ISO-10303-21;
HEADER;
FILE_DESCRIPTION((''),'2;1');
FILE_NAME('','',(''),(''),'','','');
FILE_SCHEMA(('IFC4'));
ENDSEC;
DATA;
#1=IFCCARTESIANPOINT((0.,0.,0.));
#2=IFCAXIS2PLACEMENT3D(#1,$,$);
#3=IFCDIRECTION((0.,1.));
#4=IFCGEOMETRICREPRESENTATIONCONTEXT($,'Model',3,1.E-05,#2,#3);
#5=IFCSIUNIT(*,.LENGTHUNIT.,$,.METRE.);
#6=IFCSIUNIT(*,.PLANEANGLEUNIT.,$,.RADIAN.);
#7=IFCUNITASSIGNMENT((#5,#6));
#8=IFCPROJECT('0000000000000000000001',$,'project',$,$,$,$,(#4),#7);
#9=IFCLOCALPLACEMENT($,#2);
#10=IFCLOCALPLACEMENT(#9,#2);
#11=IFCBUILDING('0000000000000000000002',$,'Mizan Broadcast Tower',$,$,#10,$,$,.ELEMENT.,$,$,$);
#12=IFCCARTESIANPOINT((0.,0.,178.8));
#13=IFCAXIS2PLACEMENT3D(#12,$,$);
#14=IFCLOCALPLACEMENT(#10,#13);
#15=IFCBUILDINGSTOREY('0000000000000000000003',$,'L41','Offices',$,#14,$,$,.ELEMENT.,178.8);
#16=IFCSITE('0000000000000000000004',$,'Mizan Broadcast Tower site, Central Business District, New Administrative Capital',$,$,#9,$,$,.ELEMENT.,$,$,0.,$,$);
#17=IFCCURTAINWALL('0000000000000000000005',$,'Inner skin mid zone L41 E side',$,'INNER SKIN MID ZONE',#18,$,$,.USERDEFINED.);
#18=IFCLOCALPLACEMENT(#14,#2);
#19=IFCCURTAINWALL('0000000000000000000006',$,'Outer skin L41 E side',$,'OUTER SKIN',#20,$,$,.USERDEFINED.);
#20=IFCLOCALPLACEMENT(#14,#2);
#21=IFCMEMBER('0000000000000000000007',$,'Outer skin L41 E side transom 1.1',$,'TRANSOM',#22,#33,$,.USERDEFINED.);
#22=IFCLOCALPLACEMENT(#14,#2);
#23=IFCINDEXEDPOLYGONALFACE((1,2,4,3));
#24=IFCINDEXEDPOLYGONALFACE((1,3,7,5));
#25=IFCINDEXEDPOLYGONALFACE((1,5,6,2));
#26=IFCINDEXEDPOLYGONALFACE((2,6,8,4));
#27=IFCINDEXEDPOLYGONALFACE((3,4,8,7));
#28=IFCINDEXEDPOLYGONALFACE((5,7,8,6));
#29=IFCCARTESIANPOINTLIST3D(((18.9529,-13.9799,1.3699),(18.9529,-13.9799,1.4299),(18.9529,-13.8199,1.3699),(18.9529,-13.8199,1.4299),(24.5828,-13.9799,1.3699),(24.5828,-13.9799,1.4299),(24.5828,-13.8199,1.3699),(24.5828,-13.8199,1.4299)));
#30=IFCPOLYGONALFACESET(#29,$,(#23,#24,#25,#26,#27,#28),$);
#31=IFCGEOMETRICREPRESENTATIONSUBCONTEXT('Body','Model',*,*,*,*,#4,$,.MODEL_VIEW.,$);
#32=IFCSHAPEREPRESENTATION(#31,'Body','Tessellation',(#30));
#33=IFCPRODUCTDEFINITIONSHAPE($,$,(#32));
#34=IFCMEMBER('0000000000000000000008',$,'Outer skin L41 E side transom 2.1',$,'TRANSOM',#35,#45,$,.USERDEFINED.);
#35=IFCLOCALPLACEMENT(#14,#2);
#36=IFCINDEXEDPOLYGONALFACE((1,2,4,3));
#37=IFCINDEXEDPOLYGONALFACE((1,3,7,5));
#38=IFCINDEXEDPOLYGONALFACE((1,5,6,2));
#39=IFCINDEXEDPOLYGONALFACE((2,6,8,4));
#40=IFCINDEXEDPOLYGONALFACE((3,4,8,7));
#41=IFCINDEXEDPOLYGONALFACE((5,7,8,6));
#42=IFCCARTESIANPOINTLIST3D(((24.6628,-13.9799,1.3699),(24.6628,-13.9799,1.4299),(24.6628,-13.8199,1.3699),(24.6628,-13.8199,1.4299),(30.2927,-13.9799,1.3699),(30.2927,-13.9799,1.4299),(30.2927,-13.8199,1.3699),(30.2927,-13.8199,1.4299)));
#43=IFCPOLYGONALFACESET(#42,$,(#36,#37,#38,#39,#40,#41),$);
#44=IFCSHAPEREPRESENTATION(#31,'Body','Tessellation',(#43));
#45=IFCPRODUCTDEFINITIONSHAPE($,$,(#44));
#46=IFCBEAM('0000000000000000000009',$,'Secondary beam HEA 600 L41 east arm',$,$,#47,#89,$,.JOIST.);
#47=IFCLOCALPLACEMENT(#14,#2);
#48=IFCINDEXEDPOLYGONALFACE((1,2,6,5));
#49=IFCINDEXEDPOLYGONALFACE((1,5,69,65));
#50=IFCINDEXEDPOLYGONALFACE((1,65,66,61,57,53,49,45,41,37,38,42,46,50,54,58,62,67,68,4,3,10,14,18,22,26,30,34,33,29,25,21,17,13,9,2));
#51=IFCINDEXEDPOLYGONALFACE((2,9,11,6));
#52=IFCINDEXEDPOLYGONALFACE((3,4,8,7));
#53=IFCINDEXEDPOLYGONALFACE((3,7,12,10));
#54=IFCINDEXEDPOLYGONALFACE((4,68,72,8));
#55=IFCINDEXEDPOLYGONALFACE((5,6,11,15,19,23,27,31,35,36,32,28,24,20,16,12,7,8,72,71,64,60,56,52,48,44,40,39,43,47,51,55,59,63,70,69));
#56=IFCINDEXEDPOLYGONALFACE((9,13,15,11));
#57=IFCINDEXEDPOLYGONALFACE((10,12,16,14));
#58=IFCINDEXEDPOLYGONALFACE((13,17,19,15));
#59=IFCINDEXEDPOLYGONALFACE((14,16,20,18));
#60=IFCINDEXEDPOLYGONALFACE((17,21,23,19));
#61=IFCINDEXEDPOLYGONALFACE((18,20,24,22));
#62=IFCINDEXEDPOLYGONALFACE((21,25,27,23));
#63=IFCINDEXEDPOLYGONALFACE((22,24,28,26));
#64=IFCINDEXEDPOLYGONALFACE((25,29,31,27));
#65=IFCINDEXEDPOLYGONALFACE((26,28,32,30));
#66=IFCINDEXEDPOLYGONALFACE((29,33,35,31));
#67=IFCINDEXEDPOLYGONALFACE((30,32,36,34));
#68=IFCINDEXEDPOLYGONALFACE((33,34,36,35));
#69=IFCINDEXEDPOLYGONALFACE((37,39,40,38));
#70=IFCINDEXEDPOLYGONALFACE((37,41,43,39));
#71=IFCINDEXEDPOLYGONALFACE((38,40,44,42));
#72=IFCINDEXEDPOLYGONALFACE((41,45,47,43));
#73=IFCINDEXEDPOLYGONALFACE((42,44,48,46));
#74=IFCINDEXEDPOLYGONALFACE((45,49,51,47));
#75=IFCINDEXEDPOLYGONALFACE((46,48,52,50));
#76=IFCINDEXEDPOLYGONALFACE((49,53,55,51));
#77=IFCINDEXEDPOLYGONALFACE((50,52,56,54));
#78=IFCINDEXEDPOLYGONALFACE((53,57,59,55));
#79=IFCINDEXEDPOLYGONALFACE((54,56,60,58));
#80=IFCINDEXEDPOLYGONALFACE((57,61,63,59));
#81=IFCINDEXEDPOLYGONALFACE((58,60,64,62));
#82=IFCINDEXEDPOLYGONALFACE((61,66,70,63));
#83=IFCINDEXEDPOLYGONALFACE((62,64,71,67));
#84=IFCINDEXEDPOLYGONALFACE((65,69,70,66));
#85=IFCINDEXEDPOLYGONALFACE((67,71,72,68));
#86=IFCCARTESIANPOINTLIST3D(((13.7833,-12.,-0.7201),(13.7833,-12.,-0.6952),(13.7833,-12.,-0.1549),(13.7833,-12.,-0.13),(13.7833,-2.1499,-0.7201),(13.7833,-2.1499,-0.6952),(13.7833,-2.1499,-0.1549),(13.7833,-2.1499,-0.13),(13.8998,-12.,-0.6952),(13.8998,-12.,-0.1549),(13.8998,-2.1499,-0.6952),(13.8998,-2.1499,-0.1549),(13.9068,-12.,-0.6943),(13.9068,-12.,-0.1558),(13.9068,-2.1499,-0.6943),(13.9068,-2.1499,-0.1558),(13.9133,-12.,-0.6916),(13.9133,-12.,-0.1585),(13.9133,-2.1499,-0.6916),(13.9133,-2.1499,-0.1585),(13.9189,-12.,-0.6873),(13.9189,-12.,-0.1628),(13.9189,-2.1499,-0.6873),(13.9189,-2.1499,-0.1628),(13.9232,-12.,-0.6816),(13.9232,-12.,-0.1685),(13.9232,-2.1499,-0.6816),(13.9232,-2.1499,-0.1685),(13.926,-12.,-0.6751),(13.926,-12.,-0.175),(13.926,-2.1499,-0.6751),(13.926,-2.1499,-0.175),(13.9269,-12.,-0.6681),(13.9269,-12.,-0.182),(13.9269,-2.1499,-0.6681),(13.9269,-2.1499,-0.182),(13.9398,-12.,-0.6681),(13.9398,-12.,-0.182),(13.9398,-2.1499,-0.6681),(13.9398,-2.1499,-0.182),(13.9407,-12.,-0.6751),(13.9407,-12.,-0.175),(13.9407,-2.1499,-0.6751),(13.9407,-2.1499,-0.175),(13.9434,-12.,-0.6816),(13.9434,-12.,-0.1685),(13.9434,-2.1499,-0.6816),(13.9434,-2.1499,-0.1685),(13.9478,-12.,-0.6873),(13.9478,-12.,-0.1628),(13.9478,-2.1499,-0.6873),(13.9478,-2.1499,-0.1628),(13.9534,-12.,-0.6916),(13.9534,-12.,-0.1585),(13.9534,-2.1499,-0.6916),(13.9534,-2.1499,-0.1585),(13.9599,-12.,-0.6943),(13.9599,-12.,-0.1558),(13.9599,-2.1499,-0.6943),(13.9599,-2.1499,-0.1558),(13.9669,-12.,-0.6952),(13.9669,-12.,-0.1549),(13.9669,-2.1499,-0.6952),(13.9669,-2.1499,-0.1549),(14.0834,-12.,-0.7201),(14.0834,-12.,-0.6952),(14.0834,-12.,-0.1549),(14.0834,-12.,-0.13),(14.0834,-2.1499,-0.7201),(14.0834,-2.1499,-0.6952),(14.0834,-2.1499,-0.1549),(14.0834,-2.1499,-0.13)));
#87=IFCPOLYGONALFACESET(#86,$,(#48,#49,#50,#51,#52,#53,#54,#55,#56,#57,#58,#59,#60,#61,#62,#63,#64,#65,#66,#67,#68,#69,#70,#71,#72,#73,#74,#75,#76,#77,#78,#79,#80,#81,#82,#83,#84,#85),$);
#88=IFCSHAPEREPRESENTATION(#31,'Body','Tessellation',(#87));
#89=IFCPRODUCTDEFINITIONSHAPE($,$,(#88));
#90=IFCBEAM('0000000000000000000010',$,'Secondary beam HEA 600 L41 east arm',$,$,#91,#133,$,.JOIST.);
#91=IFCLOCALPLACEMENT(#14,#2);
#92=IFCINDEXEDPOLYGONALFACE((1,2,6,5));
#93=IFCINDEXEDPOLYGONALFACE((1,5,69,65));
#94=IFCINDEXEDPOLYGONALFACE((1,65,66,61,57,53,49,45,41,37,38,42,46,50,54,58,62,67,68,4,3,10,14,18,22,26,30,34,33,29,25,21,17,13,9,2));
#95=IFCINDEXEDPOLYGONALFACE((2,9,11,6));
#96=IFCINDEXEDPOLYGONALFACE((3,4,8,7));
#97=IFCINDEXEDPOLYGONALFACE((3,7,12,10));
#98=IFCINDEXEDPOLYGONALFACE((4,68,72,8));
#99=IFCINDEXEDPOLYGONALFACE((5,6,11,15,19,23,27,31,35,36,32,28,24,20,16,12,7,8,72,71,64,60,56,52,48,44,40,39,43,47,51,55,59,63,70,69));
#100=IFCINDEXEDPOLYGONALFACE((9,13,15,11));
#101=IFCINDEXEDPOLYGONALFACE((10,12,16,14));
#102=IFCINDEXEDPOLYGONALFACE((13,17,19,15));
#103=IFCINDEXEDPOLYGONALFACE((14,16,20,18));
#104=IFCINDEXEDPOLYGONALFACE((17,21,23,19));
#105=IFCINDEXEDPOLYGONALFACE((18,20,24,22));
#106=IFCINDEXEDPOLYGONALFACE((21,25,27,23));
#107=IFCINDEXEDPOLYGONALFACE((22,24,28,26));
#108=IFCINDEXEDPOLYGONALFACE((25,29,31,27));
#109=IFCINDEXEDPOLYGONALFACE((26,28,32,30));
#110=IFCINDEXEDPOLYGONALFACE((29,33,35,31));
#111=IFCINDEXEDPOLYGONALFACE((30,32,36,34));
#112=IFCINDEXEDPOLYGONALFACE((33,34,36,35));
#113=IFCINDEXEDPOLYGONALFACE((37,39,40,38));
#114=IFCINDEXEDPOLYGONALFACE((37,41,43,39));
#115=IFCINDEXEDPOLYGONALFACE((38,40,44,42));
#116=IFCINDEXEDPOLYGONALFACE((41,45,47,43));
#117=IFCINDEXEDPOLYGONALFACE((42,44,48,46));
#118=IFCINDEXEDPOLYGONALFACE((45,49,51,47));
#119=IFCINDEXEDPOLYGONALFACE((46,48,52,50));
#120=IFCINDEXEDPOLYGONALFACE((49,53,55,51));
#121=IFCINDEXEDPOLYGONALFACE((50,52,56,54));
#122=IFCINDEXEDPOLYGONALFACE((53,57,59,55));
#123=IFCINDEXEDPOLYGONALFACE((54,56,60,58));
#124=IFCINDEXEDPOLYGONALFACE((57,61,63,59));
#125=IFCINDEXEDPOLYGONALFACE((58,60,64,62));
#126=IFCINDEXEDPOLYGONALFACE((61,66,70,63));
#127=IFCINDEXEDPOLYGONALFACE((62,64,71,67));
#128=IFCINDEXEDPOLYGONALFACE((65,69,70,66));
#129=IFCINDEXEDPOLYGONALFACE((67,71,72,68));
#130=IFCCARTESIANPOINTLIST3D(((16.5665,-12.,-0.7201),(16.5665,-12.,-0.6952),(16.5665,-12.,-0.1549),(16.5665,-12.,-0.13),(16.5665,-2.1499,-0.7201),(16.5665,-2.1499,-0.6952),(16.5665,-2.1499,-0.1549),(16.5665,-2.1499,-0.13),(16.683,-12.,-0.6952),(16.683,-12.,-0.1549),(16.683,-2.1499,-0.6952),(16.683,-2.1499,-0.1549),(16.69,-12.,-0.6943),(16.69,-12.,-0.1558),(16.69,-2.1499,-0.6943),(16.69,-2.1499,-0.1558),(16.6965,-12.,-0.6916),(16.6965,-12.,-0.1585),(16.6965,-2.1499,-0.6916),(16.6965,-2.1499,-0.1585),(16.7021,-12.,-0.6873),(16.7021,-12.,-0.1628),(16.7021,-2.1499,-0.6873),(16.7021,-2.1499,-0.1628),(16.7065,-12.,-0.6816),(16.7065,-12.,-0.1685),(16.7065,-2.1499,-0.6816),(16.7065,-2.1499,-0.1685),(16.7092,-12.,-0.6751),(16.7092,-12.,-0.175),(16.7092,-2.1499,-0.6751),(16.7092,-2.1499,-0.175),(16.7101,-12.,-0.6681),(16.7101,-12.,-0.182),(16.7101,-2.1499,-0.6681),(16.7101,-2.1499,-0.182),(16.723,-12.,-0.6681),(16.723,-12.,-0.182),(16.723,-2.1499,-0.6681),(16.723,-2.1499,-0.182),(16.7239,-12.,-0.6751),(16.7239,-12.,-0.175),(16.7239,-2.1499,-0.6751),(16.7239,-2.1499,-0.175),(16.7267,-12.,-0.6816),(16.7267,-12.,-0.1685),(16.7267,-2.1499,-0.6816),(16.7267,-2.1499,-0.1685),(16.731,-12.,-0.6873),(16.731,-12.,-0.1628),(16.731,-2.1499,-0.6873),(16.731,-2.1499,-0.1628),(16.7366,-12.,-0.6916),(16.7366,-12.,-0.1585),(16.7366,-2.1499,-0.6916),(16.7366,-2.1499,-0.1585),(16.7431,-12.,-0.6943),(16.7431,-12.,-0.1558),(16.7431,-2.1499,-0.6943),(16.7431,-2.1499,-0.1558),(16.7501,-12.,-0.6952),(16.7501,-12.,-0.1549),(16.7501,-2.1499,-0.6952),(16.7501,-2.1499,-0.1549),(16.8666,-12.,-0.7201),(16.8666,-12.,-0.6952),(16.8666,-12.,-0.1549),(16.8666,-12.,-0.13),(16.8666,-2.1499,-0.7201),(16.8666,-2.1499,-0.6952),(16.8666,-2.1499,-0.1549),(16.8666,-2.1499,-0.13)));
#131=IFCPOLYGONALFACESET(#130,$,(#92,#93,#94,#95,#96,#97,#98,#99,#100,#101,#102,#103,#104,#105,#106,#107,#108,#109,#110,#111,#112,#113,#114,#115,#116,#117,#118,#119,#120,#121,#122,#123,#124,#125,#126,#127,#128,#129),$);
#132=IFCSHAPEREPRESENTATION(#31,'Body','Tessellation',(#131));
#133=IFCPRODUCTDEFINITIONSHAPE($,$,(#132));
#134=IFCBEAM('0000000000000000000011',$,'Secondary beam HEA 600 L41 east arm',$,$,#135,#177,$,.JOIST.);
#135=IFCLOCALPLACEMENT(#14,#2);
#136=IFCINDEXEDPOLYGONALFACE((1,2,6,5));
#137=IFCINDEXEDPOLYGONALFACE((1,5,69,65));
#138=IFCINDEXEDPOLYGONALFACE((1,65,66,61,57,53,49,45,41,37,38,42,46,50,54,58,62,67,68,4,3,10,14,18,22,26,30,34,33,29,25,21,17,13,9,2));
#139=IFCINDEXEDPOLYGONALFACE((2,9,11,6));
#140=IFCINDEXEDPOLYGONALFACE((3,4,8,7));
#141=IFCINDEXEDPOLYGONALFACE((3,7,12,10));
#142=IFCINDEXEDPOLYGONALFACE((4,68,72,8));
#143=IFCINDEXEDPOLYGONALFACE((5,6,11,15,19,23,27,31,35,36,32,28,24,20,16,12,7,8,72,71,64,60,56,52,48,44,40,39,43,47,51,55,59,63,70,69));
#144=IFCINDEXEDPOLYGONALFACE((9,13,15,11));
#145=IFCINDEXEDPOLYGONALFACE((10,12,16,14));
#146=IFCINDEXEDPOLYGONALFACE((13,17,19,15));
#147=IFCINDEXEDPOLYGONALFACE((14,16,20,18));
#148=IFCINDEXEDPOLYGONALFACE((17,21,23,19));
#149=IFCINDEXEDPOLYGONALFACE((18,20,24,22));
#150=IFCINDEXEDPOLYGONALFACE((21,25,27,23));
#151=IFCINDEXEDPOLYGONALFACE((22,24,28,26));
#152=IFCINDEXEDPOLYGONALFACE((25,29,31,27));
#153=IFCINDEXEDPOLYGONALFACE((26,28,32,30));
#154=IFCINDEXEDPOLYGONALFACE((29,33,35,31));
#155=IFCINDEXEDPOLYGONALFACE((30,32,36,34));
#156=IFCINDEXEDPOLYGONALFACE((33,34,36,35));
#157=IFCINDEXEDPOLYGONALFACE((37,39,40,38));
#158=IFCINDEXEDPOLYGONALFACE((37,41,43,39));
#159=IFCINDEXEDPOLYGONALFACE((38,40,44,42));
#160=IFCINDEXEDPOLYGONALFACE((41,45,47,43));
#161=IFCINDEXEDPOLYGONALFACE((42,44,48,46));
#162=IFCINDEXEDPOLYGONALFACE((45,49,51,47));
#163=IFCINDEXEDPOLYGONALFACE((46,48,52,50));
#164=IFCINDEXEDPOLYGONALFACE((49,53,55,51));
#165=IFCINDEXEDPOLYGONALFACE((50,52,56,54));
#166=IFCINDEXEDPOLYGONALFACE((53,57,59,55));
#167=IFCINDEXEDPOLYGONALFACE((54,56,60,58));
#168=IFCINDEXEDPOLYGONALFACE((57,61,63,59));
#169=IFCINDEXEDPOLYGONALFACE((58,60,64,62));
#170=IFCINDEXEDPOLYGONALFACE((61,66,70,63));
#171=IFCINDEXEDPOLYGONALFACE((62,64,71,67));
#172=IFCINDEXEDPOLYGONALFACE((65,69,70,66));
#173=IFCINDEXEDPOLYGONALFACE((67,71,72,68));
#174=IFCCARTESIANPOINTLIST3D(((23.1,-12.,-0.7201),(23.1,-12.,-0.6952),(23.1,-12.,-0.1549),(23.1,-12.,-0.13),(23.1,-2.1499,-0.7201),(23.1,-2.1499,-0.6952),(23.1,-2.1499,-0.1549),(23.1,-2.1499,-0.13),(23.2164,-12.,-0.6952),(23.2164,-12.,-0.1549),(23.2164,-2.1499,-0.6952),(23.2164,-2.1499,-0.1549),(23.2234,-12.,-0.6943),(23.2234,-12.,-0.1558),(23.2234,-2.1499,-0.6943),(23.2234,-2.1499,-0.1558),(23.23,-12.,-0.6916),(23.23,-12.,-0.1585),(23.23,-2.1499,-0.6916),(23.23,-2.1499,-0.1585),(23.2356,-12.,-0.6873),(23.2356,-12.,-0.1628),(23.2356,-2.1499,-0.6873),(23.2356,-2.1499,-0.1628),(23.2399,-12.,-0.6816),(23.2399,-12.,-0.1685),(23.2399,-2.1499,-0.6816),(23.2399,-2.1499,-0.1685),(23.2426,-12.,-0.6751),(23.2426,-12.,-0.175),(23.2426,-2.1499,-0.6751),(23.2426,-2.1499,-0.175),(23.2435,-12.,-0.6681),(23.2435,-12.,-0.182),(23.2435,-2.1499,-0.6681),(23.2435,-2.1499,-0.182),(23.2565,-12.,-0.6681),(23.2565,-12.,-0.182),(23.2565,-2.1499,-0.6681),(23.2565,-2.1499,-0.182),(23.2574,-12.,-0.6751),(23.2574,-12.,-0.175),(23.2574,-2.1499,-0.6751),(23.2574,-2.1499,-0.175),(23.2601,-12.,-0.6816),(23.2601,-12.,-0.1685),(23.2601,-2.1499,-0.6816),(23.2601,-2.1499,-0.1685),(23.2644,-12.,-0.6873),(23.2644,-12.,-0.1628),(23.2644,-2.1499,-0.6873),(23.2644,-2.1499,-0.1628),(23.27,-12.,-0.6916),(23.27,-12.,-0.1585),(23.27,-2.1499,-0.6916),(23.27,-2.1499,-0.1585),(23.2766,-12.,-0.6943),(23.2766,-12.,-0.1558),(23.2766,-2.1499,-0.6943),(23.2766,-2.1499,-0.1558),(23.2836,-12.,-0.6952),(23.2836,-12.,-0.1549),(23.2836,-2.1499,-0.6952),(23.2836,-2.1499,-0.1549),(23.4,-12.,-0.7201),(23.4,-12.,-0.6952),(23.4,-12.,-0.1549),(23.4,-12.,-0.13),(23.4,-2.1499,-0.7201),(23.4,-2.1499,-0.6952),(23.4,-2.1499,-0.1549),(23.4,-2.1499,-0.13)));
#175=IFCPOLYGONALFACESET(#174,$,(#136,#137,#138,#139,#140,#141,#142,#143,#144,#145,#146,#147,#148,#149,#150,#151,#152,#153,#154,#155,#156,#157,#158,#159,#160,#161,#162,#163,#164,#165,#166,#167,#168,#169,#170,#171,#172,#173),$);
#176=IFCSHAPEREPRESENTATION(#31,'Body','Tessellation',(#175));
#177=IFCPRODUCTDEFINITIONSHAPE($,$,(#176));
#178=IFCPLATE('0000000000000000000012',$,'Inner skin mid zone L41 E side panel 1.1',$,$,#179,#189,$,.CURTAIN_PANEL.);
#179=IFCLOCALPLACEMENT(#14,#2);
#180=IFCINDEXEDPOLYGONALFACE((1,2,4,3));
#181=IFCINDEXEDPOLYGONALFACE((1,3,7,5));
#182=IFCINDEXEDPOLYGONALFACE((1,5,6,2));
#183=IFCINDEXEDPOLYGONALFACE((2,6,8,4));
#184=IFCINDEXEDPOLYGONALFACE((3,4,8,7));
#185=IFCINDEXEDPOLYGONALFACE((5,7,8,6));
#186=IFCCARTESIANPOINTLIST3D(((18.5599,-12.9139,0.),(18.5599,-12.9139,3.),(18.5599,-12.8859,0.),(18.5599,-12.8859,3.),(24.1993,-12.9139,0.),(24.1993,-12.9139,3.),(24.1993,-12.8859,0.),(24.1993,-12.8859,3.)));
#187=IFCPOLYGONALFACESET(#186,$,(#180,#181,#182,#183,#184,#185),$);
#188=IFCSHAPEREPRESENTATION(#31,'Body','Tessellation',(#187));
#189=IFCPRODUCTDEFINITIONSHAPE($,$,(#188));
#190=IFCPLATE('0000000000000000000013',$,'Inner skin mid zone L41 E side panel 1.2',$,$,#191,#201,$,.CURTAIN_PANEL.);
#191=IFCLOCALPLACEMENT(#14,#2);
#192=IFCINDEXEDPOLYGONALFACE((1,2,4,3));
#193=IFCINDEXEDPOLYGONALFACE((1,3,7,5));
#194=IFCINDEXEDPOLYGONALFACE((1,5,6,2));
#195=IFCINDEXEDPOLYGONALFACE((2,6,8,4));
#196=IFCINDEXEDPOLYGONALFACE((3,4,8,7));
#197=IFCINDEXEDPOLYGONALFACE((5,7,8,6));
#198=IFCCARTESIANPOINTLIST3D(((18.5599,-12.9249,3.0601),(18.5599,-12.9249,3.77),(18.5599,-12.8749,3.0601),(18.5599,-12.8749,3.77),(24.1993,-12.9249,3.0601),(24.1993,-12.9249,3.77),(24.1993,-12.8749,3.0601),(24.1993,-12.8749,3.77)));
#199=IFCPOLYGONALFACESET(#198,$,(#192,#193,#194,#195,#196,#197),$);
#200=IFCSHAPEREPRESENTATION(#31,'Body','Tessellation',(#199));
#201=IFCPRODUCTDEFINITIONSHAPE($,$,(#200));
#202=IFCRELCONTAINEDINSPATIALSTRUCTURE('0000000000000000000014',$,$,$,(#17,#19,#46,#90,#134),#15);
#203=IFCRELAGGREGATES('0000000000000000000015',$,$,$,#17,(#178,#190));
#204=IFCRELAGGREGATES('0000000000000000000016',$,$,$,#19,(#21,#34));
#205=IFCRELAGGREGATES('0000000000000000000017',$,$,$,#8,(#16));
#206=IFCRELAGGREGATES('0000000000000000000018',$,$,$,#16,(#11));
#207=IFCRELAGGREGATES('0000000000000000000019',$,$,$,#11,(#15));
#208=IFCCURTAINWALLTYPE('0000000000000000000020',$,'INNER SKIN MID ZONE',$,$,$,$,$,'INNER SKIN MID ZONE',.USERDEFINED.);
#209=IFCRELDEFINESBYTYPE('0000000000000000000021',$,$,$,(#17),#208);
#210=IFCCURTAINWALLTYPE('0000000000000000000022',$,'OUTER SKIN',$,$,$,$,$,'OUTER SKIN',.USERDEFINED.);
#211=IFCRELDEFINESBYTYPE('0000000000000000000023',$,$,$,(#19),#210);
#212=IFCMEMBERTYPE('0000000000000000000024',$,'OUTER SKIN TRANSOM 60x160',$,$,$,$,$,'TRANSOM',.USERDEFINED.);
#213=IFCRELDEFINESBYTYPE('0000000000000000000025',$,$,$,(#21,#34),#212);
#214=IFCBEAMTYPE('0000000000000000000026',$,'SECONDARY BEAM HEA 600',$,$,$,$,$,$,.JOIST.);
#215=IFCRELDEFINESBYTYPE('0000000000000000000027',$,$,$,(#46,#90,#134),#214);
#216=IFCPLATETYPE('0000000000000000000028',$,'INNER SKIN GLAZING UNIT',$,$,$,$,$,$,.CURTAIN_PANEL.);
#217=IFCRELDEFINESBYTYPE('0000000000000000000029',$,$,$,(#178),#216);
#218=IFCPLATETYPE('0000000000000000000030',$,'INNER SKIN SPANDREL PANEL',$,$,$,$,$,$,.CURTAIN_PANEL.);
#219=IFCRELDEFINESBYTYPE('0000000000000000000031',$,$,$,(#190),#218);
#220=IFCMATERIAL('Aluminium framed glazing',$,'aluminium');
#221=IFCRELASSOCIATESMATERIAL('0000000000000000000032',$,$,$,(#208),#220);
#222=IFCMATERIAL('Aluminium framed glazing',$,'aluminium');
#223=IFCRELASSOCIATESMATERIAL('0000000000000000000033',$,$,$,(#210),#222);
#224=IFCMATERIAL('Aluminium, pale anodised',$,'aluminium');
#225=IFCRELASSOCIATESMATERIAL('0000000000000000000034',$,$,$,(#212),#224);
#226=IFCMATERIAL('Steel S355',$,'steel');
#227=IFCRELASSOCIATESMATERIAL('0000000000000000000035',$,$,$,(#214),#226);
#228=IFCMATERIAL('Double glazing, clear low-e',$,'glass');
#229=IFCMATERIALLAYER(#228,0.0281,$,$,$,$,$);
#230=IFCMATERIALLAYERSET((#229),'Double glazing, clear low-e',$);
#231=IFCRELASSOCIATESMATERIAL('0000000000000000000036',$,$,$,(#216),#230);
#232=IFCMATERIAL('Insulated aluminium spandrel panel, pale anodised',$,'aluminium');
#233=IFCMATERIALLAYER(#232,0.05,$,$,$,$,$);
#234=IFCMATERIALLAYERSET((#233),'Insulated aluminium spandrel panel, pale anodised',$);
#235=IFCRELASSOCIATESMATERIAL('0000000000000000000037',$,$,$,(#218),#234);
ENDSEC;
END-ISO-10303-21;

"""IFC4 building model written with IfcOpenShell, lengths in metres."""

from ifc_helpers import new_model, si_unit, direction, frame, origin, origin_2d, place, context, subcontext, project, spatial, rectangle, i_section, extrude, material, layer, layer_set, material_profile, profile_set, type_object, element, aggregate, save


model = new_model("IFC4")

# Units and contexts
model_context = context("Model", 3, precision=1e-05, world=origin(), true_north=direction((0.0, 1.0)))
body_context = subcontext(model_context, "Body", "Model", "MODEL_VIEW")
ifc_project = project(units=[si_unit("LENGTHUNIT", "METRE"), si_unit("PLANEANGLEUNIT", "RADIAN")], contexts=[model_context])

# Site, building, storey
site_placement = place(None, origin())
site = spatial("IfcSite", under=ifc_project, at=site_placement, Name="Mizan Broadcast Tower site, Central Business District, New Administrative Capital", CompositionType="ELEMENT", RefElevation=0.0)
building_placement = place(site_placement, origin())
building = spatial("IfcBuilding", under=site, at=building_placement, Name="Mizan Broadcast Tower", CompositionType="ELEMENT")
storey_placement = place(building_placement, frame((0.0, 0.0, 178.8)))
storey = spatial("IfcBuildingStorey", under=building, at=storey_placement, Name="L41", Description="Offices", CompositionType="ELEMENT", Elevation=178.8)

# Curtain wall
ifc_material_1 = material(Name="Aluminium framed glazing", Category="aluminium")
curtain_wall_type_1 = type_object("IfcCurtainWallType", Name="INNER SKIN MID ZONE", ElementType="INNER SKIN MID ZONE", PredefinedType="USERDEFINED", material=ifc_material_1)
curtain_wall_1_placement = place(storey_placement, origin())
curtain_wall_1 = element("IfcCurtainWall", 1, at=curtain_wall_1_placement, inside=storey, type_object=curtain_wall_type_1, Name="Inner skin mid zone L41 E side", ObjectType="INNER SKIN MID ZONE", PredefinedType="USERDEFINED")

# Curtain wall
ifc_material_2 = material(Name="Aluminium framed glazing", Category="aluminium")
curtain_wall_type_2 = type_object("IfcCurtainWallType", Name="OUTER SKIN", ElementType="OUTER SKIN", PredefinedType="USERDEFINED", material=ifc_material_2)
curtain_wall_2_placement = place(storey_placement, origin())
curtain_wall_2 = element("IfcCurtainWall", 2, at=curtain_wall_2_placement, inside=storey, type_object=curtain_wall_type_2, Name="Outer skin L41 E side", ObjectType="OUTER SKIN", PredefinedType="USERDEFINED")

# Members
ifc_material_3 = material(Name="Aluminium, pale anodised", Category="aluminium")
ifc_material_profile_1 = material_profile(ifc_material_3, rectangle(XDim=0.1599, YDim=0.0601, at=origin_2d()), Name="TRANSOM 160x60")
ifc_profile_set_1 = profile_set([ifc_material_profile_1], Name="Aluminium, pale anodised")
member_type_1 = type_object("IfcMemberType", Name="OUTER SKIN TRANSOM 60x160", ElementType="TRANSOM", PredefinedType="USERDEFINED", material=ifc_profile_set_1)
member_1_placement = place(storey_placement, frame((18.9529, -13.8999, 1.3999), z_axis=(1.0, 0.0, 0.0), x_axis=(0.0, 1.0, 0.0)))
member_1 = element("IfcMember", 3, at=member_1_placement, type_object=member_type_1, Name="Outer skin L41 E side transom 1.1", ObjectType="TRANSOM", PredefinedType="USERDEFINED", context=body_context, shape_type="SweptSolid", body=[
    extrude(rectangle(XDim=0.1599, YDim=0.0601, at=origin_2d()), origin(), (0.0, 0.0, 1.0), 5.6299),
])
member_2_placement = place(storey_placement, frame((24.6628, -13.8999, 1.3999), z_axis=(1.0, 0.0, 0.0), x_axis=(0.0, 1.0, 0.0)))
member_2 = element("IfcMember", 4, at=member_2_placement, type_object=member_type_1, Name="Outer skin L41 E side transom 2.1", ObjectType="TRANSOM", PredefinedType="USERDEFINED", context=body_context, shape_type="SweptSolid", body=[
    extrude(rectangle(XDim=0.1599, YDim=0.0601, at=origin_2d()), origin(), (0.0, 0.0, 1.0), 5.6299),
])

# Beams
ifc_material_4 = material(Name="Steel S355", Category="steel")
ifc_material_profile_2 = material_profile(ifc_material_4, i_section(OverallWidth=0.3, OverallDepth=0.5901, WebThickness=0.0129, FlangeThickness=0.0249, FilletRadius=0.0271, at=origin_2d()), Name="HEA 600")
ifc_profile_set_2 = profile_set([ifc_material_profile_2], Name="Steel S355")
beam_type_1 = type_object("IfcBeamType", Name="SECONDARY BEAM HEA 600", PredefinedType="JOIST", material=ifc_profile_set_2)
for number, where, z_axis, x_axis, name in (
    (5, (13.9333, -12.0, -0.425), (0.0, 1.0, 0.0), (-1.0, 0.0, 0.0), "Secondary beam HEA 600 L41 east arm"),
    (6, (16.7166, -12.0, -0.425), (0.0, 1.0, 0.0), (-1.0, 0.0, 0.0), "Secondary beam HEA 600 L41 east arm"),
    (7, (23.25, -12.0, -0.425), (0.0, 1.0, 0.0), (-1.0, 0.0, 0.0), "Secondary beam HEA 600 L41 east arm"),
):
    element("IfcBeam", number, at=place(storey_placement, frame(where, z_axis=z_axis, x_axis=x_axis)), inside=storey, type_object=beam_type_1, Name=name, PredefinedType="JOIST", context=body_context, shape_type="SweptSolid", body=[
        extrude(i_section(OverallWidth=0.3, OverallDepth=0.5901, WebThickness=0.0129, FlangeThickness=0.0249, FilletRadius=0.0271, at=origin_2d()), origin(), (0.0, 0.0, 1.0), 9.8501),
    ])

# Plates
ifc_material_5 = material(Name="Double glazing, clear low-e", Category="glass")
ifc_layer_1 = layer(ifc_material_5, 0.0281)
ifc_layer_set_1 = layer_set([ifc_layer_1], Name="Double glazing, clear low-e")
plate_type_1 = type_object("IfcPlateType", Name="INNER SKIN GLAZING UNIT", PredefinedType="CURTAIN_PANEL", material=ifc_layer_set_1)
plate_1_placement = place(storey_placement, frame((21.3796, -12.8999, 0.0), z_axis=(0.0, 0.0, 1.0), x_axis=(1.0, 0.0, 0.0)))
plate_1 = element("IfcPlate", 8, at=plate_1_placement, type_object=plate_type_1, Name="Inner skin mid zone L41 E side panel 1.1", PredefinedType="CURTAIN_PANEL", context=body_context, shape_type="SweptSolid", body=[
    extrude(rectangle(XDim=5.6394, YDim=0.0281, at=origin_2d()), origin(), (0.0, 0.0, 1.0), 3.0),
])
ifc_material_6 = material(Name="Insulated aluminium spandrel panel, pale anodised", Category="aluminium")
ifc_layer_2 = layer(ifc_material_6, 0.05)
ifc_layer_set_2 = layer_set([ifc_layer_2], Name="Insulated aluminium spandrel panel, pale anodised")
plate_type_2 = type_object("IfcPlateType", Name="INNER SKIN SPANDREL PANEL", PredefinedType="CURTAIN_PANEL", material=ifc_layer_set_2)
plate_2_placement = place(storey_placement, frame((21.3796, -12.8999, 3.0601), z_axis=(0.0, 0.0, 1.0), x_axis=(1.0, 0.0, 0.0)))
plate_2 = element("IfcPlate", 9, at=plate_2_placement, type_object=plate_type_2, Name="Inner skin mid zone L41 E side panel 1.2", PredefinedType="CURTAIN_PANEL", context=body_context, shape_type="SweptSolid", body=[
    extrude(rectangle(XDim=5.6394, YDim=0.05, at=origin_2d()), origin(), (0.0, 0.0, 1.0), 0.71),
])
aggregate(curtain_wall_1, [plate_1, plate_2])
aggregate(curtain_wall_2, [member_1, member_2])

save(model, "model.ifc")
